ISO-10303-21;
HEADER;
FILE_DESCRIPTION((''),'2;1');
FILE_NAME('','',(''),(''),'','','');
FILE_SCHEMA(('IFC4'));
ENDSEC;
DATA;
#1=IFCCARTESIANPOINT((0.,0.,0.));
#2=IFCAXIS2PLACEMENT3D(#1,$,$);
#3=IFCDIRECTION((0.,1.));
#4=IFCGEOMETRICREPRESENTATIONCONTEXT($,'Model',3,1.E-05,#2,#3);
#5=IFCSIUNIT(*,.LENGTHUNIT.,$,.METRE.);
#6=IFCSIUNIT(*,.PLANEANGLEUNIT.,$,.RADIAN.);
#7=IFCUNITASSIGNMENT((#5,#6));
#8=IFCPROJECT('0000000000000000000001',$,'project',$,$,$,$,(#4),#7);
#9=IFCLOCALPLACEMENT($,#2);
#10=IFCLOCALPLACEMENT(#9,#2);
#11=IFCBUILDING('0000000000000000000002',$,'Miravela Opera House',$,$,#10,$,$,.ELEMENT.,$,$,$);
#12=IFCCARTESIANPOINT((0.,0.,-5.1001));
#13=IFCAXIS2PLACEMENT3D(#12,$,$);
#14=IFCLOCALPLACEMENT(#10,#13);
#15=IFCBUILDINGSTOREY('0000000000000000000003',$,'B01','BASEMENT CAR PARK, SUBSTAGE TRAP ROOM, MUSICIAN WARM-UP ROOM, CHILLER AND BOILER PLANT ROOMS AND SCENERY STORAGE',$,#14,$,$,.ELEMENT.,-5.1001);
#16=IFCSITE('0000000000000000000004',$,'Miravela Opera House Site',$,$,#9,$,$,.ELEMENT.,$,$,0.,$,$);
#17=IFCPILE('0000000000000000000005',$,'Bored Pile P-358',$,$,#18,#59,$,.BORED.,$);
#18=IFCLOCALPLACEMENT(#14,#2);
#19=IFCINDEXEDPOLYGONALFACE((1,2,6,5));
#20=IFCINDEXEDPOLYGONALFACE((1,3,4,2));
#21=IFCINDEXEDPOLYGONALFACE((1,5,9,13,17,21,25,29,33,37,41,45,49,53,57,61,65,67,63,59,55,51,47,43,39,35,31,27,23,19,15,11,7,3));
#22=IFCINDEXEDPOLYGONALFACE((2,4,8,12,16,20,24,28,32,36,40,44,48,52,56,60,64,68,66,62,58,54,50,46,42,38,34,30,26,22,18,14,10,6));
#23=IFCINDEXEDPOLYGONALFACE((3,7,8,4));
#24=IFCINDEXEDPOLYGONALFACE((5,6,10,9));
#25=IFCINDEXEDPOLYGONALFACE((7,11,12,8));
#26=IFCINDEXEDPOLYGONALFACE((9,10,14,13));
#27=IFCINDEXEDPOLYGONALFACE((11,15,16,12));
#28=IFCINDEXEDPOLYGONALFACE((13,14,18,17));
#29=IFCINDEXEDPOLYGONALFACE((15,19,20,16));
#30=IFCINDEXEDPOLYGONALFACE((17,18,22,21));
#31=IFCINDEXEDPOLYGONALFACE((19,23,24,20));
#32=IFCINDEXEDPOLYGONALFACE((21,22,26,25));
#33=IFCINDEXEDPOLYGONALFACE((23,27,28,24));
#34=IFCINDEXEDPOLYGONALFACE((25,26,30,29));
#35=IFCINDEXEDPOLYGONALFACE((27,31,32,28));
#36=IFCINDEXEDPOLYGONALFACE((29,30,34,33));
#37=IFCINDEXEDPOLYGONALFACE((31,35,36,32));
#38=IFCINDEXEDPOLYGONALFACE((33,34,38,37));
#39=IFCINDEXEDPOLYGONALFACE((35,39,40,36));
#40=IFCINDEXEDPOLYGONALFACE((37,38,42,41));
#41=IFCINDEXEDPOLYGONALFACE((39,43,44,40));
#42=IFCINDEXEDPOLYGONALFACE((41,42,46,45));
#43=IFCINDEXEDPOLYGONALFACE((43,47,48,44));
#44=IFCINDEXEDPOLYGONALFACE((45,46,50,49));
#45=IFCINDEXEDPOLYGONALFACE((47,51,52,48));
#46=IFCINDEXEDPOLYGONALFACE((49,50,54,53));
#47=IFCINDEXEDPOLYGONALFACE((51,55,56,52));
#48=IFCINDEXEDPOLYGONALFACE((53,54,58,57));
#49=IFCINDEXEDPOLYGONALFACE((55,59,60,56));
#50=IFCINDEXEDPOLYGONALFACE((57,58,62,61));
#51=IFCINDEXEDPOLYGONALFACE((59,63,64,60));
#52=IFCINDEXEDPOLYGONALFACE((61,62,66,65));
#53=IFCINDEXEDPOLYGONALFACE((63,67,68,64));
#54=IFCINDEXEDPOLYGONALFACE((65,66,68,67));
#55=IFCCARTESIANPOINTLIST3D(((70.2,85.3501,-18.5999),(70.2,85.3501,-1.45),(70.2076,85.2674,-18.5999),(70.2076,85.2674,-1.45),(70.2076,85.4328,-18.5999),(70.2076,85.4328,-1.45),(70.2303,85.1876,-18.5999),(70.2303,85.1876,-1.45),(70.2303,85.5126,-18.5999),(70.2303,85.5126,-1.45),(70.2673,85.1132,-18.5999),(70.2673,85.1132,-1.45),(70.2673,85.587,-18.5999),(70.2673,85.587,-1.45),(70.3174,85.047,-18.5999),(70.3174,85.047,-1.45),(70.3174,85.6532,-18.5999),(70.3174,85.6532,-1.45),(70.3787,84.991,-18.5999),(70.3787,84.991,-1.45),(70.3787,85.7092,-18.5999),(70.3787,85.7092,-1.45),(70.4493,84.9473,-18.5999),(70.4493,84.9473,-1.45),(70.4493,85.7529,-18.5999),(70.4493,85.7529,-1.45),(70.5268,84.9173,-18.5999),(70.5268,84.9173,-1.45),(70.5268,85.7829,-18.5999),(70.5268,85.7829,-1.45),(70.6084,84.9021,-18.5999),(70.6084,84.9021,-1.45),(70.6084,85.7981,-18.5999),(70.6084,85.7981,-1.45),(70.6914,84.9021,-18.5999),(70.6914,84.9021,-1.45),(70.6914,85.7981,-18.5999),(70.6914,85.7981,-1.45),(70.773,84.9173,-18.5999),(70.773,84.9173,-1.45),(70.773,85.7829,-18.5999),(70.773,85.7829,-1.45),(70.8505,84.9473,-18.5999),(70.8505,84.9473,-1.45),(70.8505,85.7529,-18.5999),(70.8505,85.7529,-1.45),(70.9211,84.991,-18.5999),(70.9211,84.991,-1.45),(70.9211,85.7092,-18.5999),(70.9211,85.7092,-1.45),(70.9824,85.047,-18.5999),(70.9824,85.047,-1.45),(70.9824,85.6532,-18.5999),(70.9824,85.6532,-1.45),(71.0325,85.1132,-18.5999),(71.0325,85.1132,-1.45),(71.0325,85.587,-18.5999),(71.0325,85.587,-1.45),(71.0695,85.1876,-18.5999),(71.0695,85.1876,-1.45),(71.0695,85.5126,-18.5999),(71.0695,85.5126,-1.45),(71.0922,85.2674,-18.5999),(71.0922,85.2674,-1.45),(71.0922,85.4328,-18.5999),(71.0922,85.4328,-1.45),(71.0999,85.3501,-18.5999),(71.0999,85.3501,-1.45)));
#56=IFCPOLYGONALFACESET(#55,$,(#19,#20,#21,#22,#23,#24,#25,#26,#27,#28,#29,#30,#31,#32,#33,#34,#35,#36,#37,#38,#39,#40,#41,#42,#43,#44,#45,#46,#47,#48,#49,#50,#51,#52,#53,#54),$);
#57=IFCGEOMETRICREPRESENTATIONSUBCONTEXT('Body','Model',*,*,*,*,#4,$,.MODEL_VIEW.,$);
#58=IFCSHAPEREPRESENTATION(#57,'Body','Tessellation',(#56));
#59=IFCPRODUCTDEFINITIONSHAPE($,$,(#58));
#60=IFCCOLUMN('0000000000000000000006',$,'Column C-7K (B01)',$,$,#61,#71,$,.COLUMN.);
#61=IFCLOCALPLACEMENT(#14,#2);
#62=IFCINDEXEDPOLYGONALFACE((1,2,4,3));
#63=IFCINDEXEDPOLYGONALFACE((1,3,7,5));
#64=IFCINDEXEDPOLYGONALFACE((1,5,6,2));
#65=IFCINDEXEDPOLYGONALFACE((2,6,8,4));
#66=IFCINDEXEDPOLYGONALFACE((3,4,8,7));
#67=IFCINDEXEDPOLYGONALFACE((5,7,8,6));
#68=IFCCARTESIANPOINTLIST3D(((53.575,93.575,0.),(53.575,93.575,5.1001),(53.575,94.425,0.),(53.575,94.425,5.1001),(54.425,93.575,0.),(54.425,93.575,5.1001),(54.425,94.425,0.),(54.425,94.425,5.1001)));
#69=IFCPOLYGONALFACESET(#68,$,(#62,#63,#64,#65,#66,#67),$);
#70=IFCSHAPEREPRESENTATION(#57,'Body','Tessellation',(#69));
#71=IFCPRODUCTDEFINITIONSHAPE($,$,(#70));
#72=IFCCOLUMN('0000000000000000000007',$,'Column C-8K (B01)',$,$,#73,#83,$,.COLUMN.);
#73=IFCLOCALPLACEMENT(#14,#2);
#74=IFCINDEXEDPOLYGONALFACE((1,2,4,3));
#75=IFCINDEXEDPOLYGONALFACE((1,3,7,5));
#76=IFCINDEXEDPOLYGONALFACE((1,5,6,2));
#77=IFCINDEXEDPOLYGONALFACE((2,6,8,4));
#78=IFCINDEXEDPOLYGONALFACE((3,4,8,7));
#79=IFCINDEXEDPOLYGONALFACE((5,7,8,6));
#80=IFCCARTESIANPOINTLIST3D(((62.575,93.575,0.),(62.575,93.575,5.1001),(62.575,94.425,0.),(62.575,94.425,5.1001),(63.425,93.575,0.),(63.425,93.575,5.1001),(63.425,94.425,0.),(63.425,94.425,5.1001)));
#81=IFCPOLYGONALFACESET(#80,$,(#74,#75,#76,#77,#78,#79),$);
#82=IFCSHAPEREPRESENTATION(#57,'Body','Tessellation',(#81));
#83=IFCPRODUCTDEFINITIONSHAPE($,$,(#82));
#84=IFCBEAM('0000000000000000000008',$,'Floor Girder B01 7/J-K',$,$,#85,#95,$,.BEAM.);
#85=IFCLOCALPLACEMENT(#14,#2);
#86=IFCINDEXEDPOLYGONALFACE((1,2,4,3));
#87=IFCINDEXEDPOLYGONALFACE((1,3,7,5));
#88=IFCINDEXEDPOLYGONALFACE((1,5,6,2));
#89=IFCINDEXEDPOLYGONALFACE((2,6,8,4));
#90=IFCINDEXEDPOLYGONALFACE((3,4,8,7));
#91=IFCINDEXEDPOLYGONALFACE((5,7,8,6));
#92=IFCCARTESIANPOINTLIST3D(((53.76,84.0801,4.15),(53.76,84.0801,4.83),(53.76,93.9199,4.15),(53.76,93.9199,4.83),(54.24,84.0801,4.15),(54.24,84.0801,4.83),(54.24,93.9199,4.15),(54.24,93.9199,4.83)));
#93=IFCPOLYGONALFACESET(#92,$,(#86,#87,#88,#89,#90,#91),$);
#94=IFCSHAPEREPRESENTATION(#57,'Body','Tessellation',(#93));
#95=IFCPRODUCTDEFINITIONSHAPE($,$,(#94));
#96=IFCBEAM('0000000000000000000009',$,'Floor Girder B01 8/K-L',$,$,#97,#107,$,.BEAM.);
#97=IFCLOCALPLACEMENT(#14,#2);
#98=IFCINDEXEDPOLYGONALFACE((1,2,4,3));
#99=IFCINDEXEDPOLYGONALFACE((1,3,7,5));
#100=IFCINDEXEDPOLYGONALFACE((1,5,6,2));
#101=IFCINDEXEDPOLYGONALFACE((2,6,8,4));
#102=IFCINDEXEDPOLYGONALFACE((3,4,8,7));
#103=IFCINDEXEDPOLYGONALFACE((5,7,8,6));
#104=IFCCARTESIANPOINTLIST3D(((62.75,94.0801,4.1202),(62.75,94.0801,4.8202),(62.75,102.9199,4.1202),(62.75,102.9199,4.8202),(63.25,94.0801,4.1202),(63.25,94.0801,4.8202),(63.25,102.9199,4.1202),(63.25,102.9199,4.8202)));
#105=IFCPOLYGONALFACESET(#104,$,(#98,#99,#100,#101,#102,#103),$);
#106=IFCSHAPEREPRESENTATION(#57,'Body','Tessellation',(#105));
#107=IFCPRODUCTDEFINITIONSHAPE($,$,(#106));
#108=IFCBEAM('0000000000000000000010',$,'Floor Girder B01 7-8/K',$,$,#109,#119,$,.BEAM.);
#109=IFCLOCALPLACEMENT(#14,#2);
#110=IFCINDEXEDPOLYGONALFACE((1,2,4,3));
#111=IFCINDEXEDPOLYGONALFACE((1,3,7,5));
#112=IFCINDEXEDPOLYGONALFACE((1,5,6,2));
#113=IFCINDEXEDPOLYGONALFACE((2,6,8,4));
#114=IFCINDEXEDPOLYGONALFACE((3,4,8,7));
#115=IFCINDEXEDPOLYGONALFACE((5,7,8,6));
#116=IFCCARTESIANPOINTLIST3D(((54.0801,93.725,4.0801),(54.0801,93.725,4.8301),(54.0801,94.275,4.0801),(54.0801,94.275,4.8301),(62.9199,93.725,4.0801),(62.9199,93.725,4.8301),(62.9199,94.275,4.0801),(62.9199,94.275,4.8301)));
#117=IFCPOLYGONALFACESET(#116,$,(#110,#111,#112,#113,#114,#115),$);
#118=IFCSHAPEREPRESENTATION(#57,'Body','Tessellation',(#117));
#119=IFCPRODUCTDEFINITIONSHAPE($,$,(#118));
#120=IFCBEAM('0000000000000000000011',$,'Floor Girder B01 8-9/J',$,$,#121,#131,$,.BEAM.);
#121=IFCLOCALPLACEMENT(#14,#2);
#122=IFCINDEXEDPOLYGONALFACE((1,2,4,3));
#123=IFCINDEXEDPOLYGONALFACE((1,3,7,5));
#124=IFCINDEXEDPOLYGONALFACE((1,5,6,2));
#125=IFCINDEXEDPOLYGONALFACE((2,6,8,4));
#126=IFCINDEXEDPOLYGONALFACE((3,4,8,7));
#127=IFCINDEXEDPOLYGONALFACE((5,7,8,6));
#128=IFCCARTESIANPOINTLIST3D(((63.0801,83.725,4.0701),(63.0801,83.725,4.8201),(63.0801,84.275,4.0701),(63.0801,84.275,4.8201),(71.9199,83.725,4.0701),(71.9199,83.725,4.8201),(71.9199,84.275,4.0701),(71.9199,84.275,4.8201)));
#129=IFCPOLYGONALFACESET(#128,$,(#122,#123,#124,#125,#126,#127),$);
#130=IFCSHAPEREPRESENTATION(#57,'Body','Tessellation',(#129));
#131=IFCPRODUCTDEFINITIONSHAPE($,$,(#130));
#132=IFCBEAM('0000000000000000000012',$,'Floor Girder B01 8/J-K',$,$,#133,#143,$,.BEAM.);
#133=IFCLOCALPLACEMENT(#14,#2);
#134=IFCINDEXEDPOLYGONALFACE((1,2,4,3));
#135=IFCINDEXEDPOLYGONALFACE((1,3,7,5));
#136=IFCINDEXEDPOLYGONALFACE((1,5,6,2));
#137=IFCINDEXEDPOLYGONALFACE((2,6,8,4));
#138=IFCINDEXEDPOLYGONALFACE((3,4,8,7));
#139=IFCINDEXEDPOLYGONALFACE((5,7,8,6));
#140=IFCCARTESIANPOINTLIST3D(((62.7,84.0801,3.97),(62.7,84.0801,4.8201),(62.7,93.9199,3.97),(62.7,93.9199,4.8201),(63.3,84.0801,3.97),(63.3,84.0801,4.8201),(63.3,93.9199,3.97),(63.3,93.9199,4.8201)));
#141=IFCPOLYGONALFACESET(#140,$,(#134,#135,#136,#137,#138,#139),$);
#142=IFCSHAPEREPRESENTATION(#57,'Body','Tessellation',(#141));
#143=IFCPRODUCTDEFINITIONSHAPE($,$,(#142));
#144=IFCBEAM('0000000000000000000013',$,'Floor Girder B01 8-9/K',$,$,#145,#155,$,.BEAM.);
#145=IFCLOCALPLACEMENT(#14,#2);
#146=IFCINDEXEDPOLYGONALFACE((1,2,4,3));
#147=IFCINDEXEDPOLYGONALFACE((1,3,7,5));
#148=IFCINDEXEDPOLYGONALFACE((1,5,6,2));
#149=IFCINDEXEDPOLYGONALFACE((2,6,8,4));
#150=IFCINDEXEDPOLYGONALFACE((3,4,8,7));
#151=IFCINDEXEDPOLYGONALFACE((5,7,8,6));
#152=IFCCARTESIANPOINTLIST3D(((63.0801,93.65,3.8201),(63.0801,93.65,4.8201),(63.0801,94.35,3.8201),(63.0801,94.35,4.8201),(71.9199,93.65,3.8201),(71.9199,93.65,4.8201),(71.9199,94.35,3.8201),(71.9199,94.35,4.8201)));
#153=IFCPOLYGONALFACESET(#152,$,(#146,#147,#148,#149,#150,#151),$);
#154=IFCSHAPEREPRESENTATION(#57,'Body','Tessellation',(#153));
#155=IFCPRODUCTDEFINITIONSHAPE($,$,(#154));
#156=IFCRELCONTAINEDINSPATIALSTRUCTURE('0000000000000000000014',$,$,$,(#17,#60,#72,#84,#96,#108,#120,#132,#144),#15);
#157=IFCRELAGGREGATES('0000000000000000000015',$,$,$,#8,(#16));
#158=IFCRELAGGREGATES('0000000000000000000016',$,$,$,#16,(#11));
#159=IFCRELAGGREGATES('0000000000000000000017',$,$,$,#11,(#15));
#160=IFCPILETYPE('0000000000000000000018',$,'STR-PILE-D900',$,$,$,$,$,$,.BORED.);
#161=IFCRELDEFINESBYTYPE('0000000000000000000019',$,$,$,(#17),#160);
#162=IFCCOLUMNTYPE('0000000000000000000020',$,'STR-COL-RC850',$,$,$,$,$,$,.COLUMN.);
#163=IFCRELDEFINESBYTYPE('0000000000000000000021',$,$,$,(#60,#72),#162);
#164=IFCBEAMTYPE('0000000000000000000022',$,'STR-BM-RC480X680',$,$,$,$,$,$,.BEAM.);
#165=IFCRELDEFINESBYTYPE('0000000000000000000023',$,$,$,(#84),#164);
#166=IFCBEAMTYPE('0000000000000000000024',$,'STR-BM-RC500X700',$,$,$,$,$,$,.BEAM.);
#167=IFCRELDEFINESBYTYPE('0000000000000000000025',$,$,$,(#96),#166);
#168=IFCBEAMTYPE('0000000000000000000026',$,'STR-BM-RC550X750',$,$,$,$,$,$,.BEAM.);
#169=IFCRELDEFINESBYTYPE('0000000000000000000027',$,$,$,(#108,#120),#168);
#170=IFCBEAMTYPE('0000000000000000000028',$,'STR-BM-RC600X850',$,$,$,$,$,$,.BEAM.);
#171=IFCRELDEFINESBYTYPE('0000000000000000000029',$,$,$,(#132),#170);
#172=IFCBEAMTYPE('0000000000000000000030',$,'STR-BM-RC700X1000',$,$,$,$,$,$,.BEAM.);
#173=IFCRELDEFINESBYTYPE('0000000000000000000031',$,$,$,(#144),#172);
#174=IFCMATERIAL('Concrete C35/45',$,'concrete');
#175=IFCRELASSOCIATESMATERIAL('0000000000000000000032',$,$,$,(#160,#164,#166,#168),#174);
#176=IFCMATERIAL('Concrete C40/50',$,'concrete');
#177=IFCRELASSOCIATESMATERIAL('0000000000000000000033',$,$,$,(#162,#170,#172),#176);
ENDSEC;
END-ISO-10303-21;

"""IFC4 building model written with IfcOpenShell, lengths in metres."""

from ifc_helpers import new_model, si_unit, direction, frame, origin, origin_2d, place, context, subcontext, project, spatial, rectangle, circle, extrude, material, material_profile, profile_set, type_object, element, save


model = new_model("IFC4")

# Units and contexts
model_context = context("Model", 3, precision=1e-05, world=origin(), true_north=direction((0.0, 1.0)))
body_context = subcontext(model_context, "Body", "Model", "MODEL_VIEW")
ifc_project = project(units=[si_unit("LENGTHUNIT", "METRE"), si_unit("PLANEANGLEUNIT", "RADIAN")], contexts=[model_context])

# Site, building, storey
site_placement = place(None, origin())
site = spatial("IfcSite", under=ifc_project, at=site_placement, Name="Miravela Opera House Site", CompositionType="ELEMENT", RefElevation=0.0)
building_placement = place(site_placement, origin())
building = spatial("IfcBuilding", under=site, at=building_placement, Name="Miravela Opera House", CompositionType="ELEMENT")
storey_placement = place(building_placement, frame((0.0, 0.0, -5.1001)))
storey = spatial("IfcBuildingStorey", under=building, at=storey_placement, Name="B01", Description="BASEMENT CAR PARK, SUBSTAGE TRAP ROOM, MUSICIAN WARM-UP ROOM, CHILLER AND BOILER PLANT ROOMS AND SCENERY STORAGE", CompositionType="ELEMENT", Elevation=-5.1001)

# Shared definitions
ifc_material_1 = material(Name="Concrete C35/45", Category="concrete")

# Pile
ifc_material_profile_1 = material_profile(ifc_material_1, circle(Radius=0.45, at=origin_2d()), Name="PILE-D900")
ifc_profile_set_1 = profile_set([ifc_material_profile_1])
pile_type_1 = type_object("IfcPileType", Name="STR-PILE-D900", PredefinedType="BORED", material=ifc_profile_set_1)
for number, where, z_axis, x_axis, name in (
    (1, (70.6499, 85.3501, -1.45), (0.0, 0.0, -1.0), (1.0, 0.0, 0.0), "Bored Pile P-358"),
):
    element("IfcPile", number, at=place(storey_placement, frame(where, z_axis=z_axis, x_axis=x_axis)), inside=storey, type_object=pile_type_1, Name=name, PredefinedType="BORED", context=body_context, shape_type="SweptSolid", body=[
        extrude(circle(Radius=0.45, at=origin_2d()), origin(), (0.0, 0.0, 1.0), 17.1499),
    ])

# Columns
ifc_material_2 = material(Name="Concrete C40/50", Category="concrete")
ifc_material_profile_2 = material_profile(ifc_material_2, rectangle(XDim=0.8501, YDim=0.8501, at=origin_2d()), Name="RC-COL-850X850")
ifc_profile_set_2 = profile_set([ifc_material_profile_2])
column_type = type_object("IfcColumnType", Name="STR-COL-RC850", PredefinedType="COLUMN", material=ifc_profile_set_2)
for number, where, z_axis, x_axis, name in (
    (2, (54.0, 94.0, 0.0), (0.0, 0.0, 1.0), (1.0, 0.0, 0.0), "Column C-7K (B01)"),
    (3, (63.0, 94.0, 0.0), (0.0, 0.0, 1.0), (1.0, 0.0, 0.0), "Column C-8K (B01)"),
):
    element("IfcColumn", number, at=place(storey_placement, frame(where, z_axis=z_axis, x_axis=x_axis)), inside=storey, type_object=column_type, Name=name, PredefinedType="COLUMN", context=body_context, shape_type="SweptSolid", body=[
        extrude(rectangle(XDim=0.8501, YDim=0.8501, at=origin_2d()), origin(), (0.0, 0.0, 1.0), 5.1001),
    ])

# Beams
ifc_material_profile_3 = material_profile(ifc_material_1, rectangle(XDim=0.48, YDim=0.6799, at=origin_2d()), Name="RC-BM-480X680")
ifc_profile_set_3 = profile_set([ifc_material_profile_3])
beam_type_1 = type_object("IfcBeamType", Name="STR-BM-RC480X680", PredefinedType="BEAM", material=ifc_profile_set_3)
beam_1_placement = place(storey_placement, frame((54.0, 84.0801, 4.49), z_axis=(0.0, 1.0, 0.0), x_axis=(-1.0, 0.0, 0.0)))
element("IfcBeam", 4, at=beam_1_placement, inside=storey, type_object=beam_type_1, Name="Floor Girder B01 7/J-K", PredefinedType="BEAM", context=body_context, shape_type="SweptSolid", body=[
    extrude(rectangle(XDim=0.48, YDim=0.6799, at=origin_2d()), origin(), (0.0, 0.0, 1.0), 9.8398),
])
ifc_material_profile_4 = material_profile(ifc_material_1, rectangle(XDim=0.5, YDim=0.7, at=origin_2d()), Name="RC-BM-500X700")
ifc_profile_set_4 = profile_set([ifc_material_profile_4])
beam_type_2 = type_object("IfcBeamType", Name="STR-BM-RC500X700", PredefinedType="BEAM", material=ifc_profile_set_4)
beam_2_placement = place(storey_placement, frame((63.0, 94.0801, 4.4702), z_axis=(0.0, 1.0, 0.0), x_axis=(-1.0, 0.0, 0.0)))
element("IfcBeam", 5, at=beam_2_placement, inside=storey, type_object=beam_type_2, Name="Floor Girder B01 8/K-L", PredefinedType="BEAM", context=body_context, shape_type="SweptSolid", body=[
    extrude(rectangle(XDim=0.5, YDim=0.7, at=origin_2d()), origin(), (0.0, 0.0, 1.0), 8.8398),
])
ifc_material_profile_5 = material_profile(ifc_material_1, rectangle(XDim=0.55, YDim=0.75, at=origin_2d()), Name="RC-BM-550X750")
ifc_profile_set_5 = profile_set([ifc_material_profile_5])
beam_type_3 = type_object("IfcBeamType", Name="STR-BM-RC550X750", PredefinedType="BEAM", material=ifc_profile_set_5)
for number, where, z_axis, x_axis, name in (
    (6, (54.0801, 94.0, 4.4551), (1.0, 0.0, 0.0), (0.0, 1.0, 0.0), "Floor Girder B01 7-8/K"),
    (7, (63.0801, 84.0, 4.4451), (1.0, 0.0, 0.0), (0.0, 1.0, 0.0), "Floor Girder B01 8-9/J"),
):
    element("IfcBeam", number, at=place(storey_placement, frame(where, z_axis=z_axis, x_axis=x_axis)), inside=storey, type_object=beam_type_3, Name=name, PredefinedType="BEAM", context=body_context, shape_type="SweptSolid", body=[
        extrude(rectangle(XDim=0.55, YDim=0.75, at=origin_2d()), origin(), (0.0, 0.0, 1.0), 8.8398),
    ])
ifc_material_profile_6 = material_profile(ifc_material_2, rectangle(XDim=0.6001, YDim=0.8501, at=origin_2d()), Name="RC-BM-600X850")
ifc_profile_set_6 = profile_set([ifc_material_profile_6])
beam_type_4 = type_object("IfcBeamType", Name="STR-BM-RC600X850", PredefinedType="BEAM", material=ifc_profile_set_6)
beam_3_placement = place(storey_placement, frame((63.0, 84.0801, 4.395), z_axis=(0.0, 1.0, 0.0), x_axis=(-1.0, 0.0, 0.0)))
element("IfcBeam", 8, at=beam_3_placement, inside=storey, type_object=beam_type_4, Name="Floor Girder B01 8/J-K", PredefinedType="BEAM", context=body_context, shape_type="SweptSolid", body=[
    extrude(rectangle(XDim=0.6001, YDim=0.8501, at=origin_2d()), origin(), (0.0, 0.0, 1.0), 9.8398),
])
ifc_material_profile_7 = material_profile(ifc_material_2, rectangle(XDim=0.7, YDim=1.0, at=origin_2d()), Name="RC-BM-700X1000")
ifc_profile_set_7 = profile_set([ifc_material_profile_7])
beam_type_5 = type_object("IfcBeamType", Name="STR-BM-RC700X1000", PredefinedType="BEAM", material=ifc_profile_set_7)
beam_4_placement = place(storey_placement, frame((63.0801, 94.0, 4.3201), z_axis=(1.0, 0.0, 0.0), x_axis=(0.0, 1.0, 0.0)))
element("IfcBeam", 9, at=beam_4_placement, inside=storey, type_object=beam_type_5, Name="Floor Girder B01 8-9/K", PredefinedType="BEAM", context=body_context, shape_type="SweptSolid", body=[
    extrude(rectangle(XDim=0.7, YDim=1.0, at=origin_2d()), origin(), (0.0, 0.0, 1.0), 8.8398),
])

save(model, "model.ifc")
